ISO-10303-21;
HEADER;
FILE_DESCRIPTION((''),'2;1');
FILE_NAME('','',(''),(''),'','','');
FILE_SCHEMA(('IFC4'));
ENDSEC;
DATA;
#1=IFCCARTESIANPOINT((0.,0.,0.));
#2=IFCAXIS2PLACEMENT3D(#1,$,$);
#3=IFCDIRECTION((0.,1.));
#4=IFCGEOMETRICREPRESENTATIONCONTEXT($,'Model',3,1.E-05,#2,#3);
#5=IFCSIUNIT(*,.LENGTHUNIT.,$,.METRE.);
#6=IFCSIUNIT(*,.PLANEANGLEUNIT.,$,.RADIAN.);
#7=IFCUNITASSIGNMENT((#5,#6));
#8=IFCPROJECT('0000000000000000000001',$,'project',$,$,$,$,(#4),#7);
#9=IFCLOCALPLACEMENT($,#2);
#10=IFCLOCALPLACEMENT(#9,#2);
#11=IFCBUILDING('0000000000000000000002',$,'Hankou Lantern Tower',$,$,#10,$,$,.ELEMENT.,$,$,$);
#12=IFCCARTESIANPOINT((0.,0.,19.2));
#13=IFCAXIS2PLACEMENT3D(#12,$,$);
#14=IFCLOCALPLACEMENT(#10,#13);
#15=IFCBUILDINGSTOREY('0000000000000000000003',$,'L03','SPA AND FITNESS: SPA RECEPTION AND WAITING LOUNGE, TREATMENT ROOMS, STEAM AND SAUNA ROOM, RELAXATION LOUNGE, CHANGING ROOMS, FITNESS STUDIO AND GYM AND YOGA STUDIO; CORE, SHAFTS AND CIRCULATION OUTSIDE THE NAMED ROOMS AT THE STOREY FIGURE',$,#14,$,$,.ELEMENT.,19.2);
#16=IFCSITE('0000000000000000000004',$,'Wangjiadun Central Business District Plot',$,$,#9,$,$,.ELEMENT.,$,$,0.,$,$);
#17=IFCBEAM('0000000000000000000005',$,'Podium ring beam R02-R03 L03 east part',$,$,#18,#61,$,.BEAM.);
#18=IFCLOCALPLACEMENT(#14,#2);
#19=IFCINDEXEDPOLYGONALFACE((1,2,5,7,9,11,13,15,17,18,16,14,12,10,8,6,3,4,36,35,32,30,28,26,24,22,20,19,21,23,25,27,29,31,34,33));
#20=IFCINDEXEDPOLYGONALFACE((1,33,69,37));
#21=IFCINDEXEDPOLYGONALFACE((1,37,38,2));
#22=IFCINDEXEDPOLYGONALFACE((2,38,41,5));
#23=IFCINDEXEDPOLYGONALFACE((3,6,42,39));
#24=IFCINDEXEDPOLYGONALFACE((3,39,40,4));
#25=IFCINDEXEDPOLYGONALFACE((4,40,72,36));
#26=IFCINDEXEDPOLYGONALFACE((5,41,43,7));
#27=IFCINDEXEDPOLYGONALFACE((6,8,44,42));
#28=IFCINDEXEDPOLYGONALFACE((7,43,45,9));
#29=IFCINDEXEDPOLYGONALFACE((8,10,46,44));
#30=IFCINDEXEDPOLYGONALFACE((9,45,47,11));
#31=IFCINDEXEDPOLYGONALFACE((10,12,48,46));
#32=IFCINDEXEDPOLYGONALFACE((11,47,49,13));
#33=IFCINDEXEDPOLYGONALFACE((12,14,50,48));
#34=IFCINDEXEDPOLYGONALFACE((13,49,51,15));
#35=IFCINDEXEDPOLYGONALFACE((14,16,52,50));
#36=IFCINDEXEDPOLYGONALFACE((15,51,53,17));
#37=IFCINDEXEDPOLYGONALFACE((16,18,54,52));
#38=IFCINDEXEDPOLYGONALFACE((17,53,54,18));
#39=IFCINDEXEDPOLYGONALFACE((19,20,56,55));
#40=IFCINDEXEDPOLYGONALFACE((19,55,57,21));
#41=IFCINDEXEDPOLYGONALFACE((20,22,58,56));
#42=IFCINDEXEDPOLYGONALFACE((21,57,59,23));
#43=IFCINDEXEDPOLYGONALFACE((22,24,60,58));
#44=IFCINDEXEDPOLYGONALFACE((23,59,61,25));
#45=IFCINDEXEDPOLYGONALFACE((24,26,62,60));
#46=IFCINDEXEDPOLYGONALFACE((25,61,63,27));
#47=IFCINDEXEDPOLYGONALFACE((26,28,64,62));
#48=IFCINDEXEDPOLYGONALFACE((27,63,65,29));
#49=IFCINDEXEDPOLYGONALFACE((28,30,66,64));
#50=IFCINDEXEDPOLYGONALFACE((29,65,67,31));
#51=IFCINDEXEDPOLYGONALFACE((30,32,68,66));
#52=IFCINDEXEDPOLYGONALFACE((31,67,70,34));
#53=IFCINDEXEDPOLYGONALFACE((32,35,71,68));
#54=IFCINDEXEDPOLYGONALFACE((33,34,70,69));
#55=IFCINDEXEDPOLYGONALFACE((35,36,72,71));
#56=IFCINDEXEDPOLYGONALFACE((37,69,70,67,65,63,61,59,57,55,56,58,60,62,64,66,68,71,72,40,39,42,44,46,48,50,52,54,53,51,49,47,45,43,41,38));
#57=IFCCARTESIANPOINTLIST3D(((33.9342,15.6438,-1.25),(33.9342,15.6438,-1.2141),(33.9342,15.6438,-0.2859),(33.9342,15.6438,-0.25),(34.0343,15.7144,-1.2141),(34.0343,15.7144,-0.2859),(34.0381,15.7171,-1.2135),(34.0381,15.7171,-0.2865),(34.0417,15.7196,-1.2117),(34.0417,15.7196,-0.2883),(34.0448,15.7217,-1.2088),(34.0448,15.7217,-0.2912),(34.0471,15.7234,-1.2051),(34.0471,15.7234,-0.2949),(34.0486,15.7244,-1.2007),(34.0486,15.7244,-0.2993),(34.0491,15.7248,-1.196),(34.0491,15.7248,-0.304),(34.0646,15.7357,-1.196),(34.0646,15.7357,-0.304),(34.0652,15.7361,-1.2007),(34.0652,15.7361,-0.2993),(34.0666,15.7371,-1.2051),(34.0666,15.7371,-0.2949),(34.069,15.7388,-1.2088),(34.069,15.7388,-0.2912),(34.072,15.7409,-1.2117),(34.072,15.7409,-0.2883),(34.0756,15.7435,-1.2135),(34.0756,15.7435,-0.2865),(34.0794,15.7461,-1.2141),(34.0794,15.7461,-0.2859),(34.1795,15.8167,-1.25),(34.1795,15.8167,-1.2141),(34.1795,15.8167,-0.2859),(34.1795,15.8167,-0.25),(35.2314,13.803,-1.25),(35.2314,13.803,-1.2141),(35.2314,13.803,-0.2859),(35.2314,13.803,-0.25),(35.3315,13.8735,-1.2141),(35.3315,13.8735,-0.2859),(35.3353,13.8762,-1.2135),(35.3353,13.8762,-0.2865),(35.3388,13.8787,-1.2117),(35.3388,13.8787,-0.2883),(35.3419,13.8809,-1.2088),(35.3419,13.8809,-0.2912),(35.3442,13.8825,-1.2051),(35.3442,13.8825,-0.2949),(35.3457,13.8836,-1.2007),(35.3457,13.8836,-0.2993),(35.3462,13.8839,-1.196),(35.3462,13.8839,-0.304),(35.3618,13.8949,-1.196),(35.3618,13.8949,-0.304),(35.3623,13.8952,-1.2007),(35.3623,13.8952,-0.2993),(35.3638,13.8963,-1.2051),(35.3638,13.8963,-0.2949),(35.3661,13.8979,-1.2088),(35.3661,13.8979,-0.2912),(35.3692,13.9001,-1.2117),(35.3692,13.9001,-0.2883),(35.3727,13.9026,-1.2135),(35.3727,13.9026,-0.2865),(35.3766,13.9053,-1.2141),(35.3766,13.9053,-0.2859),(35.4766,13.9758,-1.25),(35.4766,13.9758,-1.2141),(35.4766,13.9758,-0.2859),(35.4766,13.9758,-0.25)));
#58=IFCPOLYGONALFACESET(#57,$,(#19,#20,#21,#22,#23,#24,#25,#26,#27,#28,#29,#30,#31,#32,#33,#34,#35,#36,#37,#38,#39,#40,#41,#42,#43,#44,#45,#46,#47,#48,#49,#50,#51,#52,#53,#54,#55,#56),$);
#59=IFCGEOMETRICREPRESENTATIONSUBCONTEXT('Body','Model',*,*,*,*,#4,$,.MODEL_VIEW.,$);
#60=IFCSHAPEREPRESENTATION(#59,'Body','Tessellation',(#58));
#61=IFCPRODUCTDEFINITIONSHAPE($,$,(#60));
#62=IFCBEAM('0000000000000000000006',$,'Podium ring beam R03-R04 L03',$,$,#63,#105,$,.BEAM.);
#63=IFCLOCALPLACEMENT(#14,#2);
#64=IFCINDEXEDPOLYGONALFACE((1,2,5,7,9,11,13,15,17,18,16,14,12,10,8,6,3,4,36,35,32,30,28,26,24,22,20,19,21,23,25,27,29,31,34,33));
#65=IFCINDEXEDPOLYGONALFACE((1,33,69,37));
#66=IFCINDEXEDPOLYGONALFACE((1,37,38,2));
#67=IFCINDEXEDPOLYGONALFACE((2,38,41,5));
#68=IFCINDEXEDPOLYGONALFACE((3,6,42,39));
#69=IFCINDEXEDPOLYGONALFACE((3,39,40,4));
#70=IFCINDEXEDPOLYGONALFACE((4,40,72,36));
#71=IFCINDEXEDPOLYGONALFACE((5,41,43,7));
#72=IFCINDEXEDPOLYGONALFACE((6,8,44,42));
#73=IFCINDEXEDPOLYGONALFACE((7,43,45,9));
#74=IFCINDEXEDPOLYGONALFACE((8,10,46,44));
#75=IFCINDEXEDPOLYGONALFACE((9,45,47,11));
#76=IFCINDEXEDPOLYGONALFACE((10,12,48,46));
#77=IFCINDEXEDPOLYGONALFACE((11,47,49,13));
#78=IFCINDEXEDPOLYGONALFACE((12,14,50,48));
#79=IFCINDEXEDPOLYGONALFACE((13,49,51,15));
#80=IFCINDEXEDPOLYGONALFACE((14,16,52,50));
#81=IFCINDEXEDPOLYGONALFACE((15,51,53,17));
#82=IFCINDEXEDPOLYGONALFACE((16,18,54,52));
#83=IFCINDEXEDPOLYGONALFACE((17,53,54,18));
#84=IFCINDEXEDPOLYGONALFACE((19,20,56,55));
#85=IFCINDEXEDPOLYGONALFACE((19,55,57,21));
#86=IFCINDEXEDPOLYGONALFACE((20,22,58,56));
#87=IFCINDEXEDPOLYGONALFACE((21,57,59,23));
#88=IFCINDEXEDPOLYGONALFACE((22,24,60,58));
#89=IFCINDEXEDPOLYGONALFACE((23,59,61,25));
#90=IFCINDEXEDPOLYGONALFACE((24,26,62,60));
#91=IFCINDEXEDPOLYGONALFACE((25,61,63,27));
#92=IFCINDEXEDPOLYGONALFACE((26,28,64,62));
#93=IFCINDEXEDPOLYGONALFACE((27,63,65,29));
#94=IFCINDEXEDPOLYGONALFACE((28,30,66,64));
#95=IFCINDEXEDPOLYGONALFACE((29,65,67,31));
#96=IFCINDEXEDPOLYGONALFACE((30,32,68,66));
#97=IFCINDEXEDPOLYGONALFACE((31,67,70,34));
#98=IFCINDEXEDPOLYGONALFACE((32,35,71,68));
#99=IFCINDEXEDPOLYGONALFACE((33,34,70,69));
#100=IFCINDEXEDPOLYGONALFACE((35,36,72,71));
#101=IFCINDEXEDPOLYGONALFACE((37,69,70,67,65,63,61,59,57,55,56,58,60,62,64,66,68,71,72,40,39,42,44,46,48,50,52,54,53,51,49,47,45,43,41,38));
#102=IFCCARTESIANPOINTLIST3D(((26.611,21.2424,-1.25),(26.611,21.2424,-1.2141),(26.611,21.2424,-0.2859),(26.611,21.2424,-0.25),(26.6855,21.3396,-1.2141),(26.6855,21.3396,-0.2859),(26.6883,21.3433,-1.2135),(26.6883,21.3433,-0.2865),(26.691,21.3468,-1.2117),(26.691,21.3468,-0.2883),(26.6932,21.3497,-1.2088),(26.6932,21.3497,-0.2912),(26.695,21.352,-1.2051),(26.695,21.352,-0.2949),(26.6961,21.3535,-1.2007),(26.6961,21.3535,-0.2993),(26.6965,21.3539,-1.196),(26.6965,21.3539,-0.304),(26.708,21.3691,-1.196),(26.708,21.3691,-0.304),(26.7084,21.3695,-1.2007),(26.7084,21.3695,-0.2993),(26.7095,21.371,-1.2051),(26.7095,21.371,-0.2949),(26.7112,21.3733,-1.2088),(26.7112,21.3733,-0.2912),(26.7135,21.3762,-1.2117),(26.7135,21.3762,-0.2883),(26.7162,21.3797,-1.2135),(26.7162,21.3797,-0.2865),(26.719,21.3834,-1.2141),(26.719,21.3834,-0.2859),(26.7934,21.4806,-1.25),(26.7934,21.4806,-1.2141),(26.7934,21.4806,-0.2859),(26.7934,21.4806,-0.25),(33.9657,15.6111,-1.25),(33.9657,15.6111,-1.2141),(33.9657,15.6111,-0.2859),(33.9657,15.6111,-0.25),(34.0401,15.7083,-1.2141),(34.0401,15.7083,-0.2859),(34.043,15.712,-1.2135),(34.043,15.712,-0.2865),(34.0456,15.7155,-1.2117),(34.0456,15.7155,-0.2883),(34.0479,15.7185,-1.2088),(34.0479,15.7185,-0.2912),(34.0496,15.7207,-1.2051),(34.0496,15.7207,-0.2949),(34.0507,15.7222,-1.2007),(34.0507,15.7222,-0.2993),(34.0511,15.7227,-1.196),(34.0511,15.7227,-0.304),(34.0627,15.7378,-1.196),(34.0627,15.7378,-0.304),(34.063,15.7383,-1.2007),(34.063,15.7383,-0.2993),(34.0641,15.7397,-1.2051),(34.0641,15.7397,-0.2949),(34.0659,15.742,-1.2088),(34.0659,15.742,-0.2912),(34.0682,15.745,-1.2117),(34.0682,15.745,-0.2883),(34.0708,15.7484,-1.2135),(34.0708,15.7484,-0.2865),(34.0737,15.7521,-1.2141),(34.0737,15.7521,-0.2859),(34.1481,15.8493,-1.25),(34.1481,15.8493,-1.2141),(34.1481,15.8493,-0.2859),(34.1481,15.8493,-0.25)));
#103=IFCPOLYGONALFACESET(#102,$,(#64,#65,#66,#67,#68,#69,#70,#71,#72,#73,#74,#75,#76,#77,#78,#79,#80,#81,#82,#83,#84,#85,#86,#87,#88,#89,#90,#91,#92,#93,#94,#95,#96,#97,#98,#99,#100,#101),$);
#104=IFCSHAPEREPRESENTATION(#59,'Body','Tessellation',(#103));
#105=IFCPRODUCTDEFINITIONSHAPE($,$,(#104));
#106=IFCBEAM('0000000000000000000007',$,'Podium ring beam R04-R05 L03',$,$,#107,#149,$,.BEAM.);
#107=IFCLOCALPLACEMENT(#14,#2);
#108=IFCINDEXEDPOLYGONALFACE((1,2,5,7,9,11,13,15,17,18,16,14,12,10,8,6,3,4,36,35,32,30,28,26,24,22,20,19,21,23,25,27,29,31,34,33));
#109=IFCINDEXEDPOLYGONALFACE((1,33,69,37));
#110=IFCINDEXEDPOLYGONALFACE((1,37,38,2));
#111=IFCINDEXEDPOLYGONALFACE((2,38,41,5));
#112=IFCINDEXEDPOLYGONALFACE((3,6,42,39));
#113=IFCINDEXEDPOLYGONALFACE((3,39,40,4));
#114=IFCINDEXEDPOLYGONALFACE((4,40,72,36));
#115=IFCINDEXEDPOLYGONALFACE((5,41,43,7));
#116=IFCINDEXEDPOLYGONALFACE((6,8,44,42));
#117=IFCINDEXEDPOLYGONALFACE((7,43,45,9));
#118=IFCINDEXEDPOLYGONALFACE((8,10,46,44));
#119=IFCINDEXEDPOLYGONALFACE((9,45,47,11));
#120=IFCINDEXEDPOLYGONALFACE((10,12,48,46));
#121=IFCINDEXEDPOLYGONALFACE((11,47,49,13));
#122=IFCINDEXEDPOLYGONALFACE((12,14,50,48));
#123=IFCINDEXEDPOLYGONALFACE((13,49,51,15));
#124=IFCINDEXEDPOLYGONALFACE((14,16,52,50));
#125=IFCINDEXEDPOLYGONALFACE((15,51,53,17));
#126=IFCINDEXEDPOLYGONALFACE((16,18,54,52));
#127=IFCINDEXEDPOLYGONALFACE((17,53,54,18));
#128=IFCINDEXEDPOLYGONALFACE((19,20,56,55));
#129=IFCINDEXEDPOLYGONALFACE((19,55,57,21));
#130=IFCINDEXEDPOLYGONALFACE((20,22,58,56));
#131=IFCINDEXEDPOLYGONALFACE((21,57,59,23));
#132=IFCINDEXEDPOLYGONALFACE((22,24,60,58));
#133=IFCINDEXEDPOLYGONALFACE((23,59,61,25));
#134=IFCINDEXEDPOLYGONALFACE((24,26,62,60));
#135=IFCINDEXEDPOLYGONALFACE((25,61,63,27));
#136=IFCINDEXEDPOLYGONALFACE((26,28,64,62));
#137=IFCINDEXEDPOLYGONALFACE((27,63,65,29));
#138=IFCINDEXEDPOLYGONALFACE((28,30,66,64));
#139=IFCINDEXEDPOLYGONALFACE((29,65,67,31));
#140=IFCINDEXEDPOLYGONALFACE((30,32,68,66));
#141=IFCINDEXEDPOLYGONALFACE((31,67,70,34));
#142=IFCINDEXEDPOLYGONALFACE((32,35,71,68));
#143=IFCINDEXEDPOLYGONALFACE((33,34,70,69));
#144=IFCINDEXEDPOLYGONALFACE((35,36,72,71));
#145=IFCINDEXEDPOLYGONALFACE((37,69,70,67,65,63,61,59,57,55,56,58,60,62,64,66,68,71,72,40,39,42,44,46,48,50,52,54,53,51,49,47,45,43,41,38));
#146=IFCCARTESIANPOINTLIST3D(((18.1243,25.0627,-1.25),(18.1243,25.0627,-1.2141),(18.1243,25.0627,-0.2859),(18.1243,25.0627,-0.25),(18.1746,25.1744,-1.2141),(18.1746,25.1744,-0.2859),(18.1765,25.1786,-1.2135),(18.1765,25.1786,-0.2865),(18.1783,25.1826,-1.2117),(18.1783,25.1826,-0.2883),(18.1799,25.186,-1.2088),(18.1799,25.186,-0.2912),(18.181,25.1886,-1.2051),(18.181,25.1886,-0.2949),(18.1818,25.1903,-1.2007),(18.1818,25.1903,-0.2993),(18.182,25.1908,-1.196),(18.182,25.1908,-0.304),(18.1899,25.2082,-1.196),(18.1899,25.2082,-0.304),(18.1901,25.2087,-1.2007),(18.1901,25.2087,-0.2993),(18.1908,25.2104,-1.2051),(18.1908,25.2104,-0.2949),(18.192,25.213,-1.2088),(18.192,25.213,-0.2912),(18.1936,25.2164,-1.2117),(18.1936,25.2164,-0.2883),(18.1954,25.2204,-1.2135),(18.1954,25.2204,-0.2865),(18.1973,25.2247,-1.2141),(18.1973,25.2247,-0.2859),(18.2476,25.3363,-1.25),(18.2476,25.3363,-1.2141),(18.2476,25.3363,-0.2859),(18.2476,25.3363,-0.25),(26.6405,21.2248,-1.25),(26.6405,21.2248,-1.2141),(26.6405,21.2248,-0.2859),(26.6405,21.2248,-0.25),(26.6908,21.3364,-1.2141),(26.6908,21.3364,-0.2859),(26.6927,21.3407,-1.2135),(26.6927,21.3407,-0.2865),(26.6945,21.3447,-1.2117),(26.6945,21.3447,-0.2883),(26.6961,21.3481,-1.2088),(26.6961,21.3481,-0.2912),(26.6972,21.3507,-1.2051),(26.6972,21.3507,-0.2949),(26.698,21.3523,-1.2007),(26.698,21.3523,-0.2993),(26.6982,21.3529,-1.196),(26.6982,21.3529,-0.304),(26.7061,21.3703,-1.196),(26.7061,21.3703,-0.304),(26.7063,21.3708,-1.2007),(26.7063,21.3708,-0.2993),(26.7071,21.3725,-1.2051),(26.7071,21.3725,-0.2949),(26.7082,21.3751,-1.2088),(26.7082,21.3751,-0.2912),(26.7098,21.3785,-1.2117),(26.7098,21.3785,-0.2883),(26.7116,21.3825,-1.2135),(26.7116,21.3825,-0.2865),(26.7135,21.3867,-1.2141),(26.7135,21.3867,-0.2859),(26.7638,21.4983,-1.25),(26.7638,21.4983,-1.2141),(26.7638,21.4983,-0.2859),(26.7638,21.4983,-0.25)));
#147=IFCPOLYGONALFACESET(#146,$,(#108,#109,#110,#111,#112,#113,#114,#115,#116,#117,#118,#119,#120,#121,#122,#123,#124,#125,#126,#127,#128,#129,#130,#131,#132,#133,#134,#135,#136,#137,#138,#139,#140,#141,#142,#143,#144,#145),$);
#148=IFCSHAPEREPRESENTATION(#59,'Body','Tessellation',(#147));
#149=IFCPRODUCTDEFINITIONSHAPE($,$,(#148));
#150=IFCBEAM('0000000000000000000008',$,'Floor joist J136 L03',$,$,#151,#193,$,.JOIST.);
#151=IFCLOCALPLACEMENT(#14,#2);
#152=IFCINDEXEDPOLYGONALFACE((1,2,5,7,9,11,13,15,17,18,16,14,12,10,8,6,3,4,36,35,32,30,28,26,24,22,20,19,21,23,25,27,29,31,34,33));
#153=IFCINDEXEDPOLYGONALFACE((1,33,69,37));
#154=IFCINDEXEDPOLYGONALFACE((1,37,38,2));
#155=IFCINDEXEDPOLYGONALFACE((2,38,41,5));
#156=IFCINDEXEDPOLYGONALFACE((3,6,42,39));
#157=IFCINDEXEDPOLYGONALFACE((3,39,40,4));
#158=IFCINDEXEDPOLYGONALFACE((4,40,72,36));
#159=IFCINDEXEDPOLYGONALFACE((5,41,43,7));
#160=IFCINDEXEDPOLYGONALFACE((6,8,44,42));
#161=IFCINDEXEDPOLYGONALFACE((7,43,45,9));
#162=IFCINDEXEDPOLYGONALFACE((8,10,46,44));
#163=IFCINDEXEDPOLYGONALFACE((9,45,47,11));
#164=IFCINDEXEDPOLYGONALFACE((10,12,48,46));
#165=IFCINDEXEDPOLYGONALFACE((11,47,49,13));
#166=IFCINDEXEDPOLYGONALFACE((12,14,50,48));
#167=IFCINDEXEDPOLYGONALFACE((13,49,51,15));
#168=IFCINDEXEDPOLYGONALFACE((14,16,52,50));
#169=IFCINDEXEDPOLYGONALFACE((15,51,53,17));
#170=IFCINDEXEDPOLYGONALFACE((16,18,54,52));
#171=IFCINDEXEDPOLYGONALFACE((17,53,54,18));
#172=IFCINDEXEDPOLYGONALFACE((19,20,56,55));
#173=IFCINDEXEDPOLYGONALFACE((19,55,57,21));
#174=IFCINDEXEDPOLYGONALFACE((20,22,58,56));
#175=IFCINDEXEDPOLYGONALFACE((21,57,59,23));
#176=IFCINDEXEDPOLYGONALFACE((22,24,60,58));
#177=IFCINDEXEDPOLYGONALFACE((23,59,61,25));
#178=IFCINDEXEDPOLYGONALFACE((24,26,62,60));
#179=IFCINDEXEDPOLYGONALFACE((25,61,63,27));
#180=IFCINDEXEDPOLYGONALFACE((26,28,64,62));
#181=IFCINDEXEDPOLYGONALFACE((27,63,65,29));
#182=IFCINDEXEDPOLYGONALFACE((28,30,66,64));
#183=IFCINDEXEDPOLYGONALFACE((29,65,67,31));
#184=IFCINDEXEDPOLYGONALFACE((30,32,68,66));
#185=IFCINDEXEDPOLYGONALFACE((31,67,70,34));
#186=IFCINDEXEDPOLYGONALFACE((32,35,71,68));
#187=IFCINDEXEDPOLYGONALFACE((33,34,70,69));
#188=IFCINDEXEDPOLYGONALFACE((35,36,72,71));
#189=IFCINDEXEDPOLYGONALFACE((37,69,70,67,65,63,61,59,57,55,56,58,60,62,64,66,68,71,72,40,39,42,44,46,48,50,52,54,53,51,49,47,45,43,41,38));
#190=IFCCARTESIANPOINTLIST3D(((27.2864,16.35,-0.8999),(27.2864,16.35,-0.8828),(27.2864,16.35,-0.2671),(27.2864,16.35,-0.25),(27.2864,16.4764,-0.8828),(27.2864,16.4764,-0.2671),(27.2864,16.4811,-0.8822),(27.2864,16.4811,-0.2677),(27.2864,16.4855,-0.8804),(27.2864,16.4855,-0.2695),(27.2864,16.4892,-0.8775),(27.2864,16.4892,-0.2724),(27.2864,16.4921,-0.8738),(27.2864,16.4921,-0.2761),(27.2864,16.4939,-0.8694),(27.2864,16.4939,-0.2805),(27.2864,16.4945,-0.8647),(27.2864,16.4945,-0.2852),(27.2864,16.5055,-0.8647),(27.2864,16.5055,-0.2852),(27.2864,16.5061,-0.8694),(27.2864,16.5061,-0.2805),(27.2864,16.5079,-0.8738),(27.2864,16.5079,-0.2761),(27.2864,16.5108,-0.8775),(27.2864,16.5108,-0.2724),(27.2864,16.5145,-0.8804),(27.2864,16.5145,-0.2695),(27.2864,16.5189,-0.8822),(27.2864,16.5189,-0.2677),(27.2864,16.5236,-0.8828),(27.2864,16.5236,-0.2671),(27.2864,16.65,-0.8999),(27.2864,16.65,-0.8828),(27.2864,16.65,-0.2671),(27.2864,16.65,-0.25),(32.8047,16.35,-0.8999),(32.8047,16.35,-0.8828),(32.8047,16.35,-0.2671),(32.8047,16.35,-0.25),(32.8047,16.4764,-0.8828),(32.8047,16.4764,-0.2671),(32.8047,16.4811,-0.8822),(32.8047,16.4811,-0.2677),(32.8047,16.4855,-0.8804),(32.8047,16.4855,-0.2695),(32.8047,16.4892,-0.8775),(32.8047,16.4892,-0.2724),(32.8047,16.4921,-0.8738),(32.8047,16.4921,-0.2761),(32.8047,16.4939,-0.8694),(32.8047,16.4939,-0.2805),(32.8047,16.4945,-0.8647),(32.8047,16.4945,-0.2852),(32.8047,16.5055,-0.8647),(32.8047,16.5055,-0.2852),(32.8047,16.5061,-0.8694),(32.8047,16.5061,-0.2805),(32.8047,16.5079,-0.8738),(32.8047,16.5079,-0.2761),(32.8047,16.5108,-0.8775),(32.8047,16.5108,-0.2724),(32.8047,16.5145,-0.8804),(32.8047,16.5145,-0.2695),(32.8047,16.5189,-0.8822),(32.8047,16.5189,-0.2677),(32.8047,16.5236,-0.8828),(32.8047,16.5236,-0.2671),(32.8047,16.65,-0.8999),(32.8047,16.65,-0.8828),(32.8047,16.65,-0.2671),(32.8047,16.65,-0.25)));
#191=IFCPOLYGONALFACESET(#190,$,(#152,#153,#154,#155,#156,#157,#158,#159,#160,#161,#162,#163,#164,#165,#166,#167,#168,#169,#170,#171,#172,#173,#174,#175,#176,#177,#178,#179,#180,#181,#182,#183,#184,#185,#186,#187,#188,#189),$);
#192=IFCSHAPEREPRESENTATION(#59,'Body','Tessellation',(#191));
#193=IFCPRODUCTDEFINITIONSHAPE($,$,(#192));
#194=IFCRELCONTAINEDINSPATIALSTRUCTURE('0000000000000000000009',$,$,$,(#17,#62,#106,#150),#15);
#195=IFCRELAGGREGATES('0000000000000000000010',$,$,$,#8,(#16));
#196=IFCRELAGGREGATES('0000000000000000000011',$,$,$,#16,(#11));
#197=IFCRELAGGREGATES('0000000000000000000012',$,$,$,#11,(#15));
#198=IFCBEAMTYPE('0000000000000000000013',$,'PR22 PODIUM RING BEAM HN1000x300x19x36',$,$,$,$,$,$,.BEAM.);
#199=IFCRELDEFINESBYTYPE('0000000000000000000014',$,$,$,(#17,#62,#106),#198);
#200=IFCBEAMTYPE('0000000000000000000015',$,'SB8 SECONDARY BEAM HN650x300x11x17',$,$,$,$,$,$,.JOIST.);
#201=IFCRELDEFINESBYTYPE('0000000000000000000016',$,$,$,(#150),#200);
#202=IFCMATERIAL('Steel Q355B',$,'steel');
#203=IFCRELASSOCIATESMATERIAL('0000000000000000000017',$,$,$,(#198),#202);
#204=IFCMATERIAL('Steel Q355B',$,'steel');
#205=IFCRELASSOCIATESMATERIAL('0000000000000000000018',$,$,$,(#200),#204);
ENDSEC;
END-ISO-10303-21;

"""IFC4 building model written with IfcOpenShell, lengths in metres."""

from ifc_helpers import new_model, si_unit, direction, frame, origin, origin_2d, place, context, subcontext, project, spatial, i_section, extrude, material, material_profile, profile_set, type_object, element, save


model = new_model("IFC4")

# Units and contexts
model_context = context("Model", 3, precision=1e-05, world=origin(), true_north=direction((0.0, 1.0)))
body_context = subcontext(model_context, "Body", "Model", "MODEL_VIEW")
ifc_project = project(units=[si_unit("LENGTHUNIT", "METRE"), si_unit("PLANEANGLEUNIT", "RADIAN")], contexts=[model_context])

# Site, building, storey
site_placement = place(None, origin())
site = spatial("IfcSite", under=ifc_project, at=site_placement, Name="Wangjiadun Central Business District Plot", CompositionType="ELEMENT", RefElevation=0.0)
building_placement = place(site_placement, origin())
building = spatial("IfcBuilding", under=site, at=building_placement, Name="Hankou Lantern Tower", CompositionType="ELEMENT")
storey_placement = place(building_placement, frame((0.0, 0.0, 19.2)))
storey = spatial("IfcBuildingStorey", under=building, at=storey_placement, Name="L03", Description="SPA AND FITNESS: SPA RECEPTION AND WAITING LOUNGE, TREATMENT ROOMS, STEAM AND SAUNA ROOM, RELAXATION LOUNGE, CHANGING ROOMS, FITNESS STUDIO AND GYM AND YOGA STUDIO; CORE, SHAFTS AND CIRCULATION OUTSIDE THE NAMED ROOMS AT THE STOREY FIGURE", CompositionType="ELEMENT", Elevation=19.2)

# Beams
ifc_material_1 = material(Name="Steel Q355B", Category="steel")
ifc_material_profile_1 = material_profile(ifc_material_1, i_section(OverallWidth=0.3, OverallDepth=1.0, WebThickness=0.019, FlangeThickness=0.0359, FilletRadius=0.0181, at=origin_2d()), Name="HN1000x300x19x36")
ifc_profile_set_1 = profile_set([ifc_material_profile_1], Name="Steel Q355B")
beam_type_1 = type_object("IfcBeamType", Name="PR22 PODIUM RING BEAM HN1000x300x19x36", PredefinedType="BEAM", material=ifc_profile_set_1)
beam_1_placement = place(storey_placement, frame((35.354, 13.8894, -0.75), z_axis=(-0.576006, 0.817445, 0.0), x_axis=(-0.817445, -0.576006, 0.0)))
element("IfcBeam", 1, at=beam_1_placement, inside=storey, type_object=beam_type_1, Name="Podium ring beam R02-R03 L03 east part", PredefinedType="BEAM", context=body_context, shape_type="SweptSolid", body=[
    extrude(i_section(OverallWidth=0.3, OverallDepth=1.0, WebThickness=0.019, FlangeThickness=0.0359, FilletRadius=0.0181, at=origin_2d()), origin(), (0.0, 0.0, 1.0), 2.252),
])
beam_2_placement = place(storey_placement, frame((34.0569, 15.7302, -0.75), z_axis=(-0.793986, 0.607936, 0.0), x_axis=(-0.607936, -0.793986, 0.0)))
element("IfcBeam", 2, at=beam_2_placement, inside=storey, type_object=beam_type_1, Name="Podium ring beam R03-R04 L03", PredefinedType="BEAM", context=body_context, shape_type="SweptSolid", body=[
    extrude(i_section(OverallWidth=0.3, OverallDepth=1.0, WebThickness=0.019, FlangeThickness=0.0359, FilletRadius=0.0181, at=origin_2d()), origin(), (0.0, 0.0, 1.0), 9.2629),
])
beam_3_placement = place(storey_placement, frame((26.7021, 21.3616, -0.75), z_axis=(-0.911695, 0.410867, 0.0), x_axis=(-0.410867, -0.911695, 0.0)))
element("IfcBeam", 3, at=beam_3_placement, inside=storey, type_object=beam_type_1, Name="Podium ring beam R04-R05 L03", PredefinedType="BEAM", context=body_context, shape_type="SweptSolid", body=[
    extrude(i_section(OverallWidth=0.3, OverallDepth=1.0, WebThickness=0.019, FlangeThickness=0.0359, FilletRadius=0.0181, at=origin_2d()), origin(), (0.0, 0.0, 1.0), 9.3411),
])
ifc_material_2 = material(Name="Steel Q355B", Category="steel")
ifc_material_profile_2 = material_profile(ifc_material_2, i_section(OverallWidth=0.3, OverallDepth=0.6499, WebThickness=0.011, FlangeThickness=0.0171, FilletRadius=0.0181, at=origin_2d()), Name="HN650x300x11x17")
ifc_profile_set_2 = profile_set([ifc_material_profile_2], Name="Steel Q355B")
beam_type_2 = type_object("IfcBeamType", Name="SB8 SECONDARY BEAM HN650x300x11x17", PredefinedType="JOIST", material=ifc_profile_set_2)
beam_4_placement = place(storey_placement, frame((27.2864, 16.5, -0.575), z_axis=(1.0, 0.0, 0.0), x_axis=(0.0, 1.0, 0.0)))
element("IfcBeam", 4, at=beam_4_placement, inside=storey, type_object=beam_type_2, Name="Floor joist J136 L03", PredefinedType="JOIST", context=body_context, shape_type="SweptSolid", body=[
    extrude(i_section(OverallWidth=0.3, OverallDepth=0.6499, WebThickness=0.011, FlangeThickness=0.0171, FilletRadius=0.0181, at=origin_2d()), origin(), (0.0, 0.0, 1.0), 5.5183),
])

save(model, "model.ifc")
